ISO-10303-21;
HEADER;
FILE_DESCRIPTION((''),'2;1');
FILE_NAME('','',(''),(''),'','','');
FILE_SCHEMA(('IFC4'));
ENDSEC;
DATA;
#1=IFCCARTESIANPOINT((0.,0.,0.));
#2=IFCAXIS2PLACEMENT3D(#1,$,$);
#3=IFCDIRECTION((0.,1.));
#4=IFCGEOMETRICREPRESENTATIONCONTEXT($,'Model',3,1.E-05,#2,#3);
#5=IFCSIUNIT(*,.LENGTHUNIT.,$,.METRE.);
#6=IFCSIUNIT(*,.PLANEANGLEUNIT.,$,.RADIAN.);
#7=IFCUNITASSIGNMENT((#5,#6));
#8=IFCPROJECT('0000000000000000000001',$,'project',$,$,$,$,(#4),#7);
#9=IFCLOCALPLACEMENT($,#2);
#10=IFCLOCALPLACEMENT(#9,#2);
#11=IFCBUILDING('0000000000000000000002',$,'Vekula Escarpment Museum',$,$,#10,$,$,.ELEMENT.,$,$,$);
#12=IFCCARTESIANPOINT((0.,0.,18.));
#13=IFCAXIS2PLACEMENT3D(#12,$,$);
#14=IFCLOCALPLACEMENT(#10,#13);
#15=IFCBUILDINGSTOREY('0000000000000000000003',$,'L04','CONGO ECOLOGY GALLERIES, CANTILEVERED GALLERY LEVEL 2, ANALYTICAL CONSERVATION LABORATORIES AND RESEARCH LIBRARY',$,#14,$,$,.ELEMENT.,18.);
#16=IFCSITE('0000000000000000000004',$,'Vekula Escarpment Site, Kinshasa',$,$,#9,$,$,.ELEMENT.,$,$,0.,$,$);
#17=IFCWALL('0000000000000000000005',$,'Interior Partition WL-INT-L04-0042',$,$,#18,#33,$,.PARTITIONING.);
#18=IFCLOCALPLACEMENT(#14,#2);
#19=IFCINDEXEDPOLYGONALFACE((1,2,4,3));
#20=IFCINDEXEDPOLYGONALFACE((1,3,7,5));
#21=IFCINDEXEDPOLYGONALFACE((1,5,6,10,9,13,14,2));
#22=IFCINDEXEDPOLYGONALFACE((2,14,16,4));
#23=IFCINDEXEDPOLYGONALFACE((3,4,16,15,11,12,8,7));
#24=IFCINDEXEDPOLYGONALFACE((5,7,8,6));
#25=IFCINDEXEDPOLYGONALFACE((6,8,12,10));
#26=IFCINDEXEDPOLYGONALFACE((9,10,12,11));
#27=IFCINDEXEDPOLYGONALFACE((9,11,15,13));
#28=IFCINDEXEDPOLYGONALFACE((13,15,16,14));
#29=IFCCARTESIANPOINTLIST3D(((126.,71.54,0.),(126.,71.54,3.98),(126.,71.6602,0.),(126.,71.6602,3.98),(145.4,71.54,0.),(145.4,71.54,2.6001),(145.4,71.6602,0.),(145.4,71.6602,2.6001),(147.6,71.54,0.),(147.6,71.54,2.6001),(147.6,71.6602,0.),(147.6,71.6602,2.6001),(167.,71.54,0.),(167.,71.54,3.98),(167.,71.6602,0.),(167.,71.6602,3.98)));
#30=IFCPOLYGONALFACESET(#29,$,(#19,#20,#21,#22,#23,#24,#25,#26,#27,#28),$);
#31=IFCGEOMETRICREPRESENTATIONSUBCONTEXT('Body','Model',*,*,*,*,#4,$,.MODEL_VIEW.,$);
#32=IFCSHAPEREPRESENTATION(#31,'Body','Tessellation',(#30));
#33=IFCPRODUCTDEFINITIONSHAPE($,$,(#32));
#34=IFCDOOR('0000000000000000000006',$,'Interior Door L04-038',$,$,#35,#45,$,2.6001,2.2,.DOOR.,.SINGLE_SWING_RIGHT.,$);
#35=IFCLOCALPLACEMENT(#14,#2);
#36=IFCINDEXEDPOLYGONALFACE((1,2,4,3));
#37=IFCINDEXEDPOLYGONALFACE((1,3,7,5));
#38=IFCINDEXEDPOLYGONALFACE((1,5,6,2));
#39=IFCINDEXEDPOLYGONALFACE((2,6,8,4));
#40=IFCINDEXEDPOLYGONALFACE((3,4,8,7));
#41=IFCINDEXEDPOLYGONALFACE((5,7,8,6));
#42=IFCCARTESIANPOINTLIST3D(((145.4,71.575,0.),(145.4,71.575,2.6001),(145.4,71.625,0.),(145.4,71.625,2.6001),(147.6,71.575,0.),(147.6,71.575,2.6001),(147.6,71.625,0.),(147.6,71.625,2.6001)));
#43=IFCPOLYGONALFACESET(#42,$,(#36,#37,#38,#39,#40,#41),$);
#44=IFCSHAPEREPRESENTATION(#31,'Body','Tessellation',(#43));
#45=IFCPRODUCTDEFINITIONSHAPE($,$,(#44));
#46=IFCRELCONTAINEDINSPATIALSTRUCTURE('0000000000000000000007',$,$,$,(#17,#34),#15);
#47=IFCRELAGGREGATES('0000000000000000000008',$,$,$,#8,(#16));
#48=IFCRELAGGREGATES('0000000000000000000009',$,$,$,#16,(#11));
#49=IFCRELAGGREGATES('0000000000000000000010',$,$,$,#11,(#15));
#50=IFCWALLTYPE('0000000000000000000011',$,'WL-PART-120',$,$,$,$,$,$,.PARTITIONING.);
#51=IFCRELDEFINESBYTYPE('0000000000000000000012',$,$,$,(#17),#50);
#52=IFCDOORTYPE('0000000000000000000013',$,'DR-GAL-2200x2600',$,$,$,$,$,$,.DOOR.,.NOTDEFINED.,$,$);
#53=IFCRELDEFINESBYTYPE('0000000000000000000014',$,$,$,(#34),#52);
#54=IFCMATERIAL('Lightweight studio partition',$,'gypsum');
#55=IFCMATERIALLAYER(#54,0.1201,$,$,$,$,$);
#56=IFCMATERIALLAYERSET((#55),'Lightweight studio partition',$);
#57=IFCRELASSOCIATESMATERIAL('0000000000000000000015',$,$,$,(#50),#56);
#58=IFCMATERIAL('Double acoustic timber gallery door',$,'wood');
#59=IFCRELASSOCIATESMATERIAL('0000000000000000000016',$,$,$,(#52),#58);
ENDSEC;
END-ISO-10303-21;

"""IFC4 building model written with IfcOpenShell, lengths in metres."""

from ifc_helpers import new_model, si_unit, direction, frame, frame_2d, origin, place, context, subcontext, project, spatial, rectangle, extrude, material, layer, layer_set, type_object, element, fill, save


model = new_model("IFC4")

# Units and contexts
model_context = context("Model", 3, precision=1e-05, world=origin(), true_north=direction((0.0, 1.0)))
body_context = subcontext(model_context, "Body", "Model", "MODEL_VIEW")
ifc_project = project(units=[si_unit("LENGTHUNIT", "METRE"), si_unit("PLANEANGLEUNIT", "RADIAN")], contexts=[model_context])

# Site, building, storey
site_placement = place(None, origin())
site = spatial("IfcSite", under=ifc_project, at=site_placement, Name="Vekula Escarpment Site, Kinshasa", CompositionType="ELEMENT", RefElevation=0.0)
building_placement = place(site_placement, origin())
building = spatial("IfcBuilding", under=site, at=building_placement, Name="Vekula Escarpment Museum", CompositionType="ELEMENT")
storey_placement = place(building_placement, frame((0.0, 0.0, 18.0)))
storey = spatial("IfcBuildingStorey", under=building, at=storey_placement, Name="L04", Description="CONGO ECOLOGY GALLERIES, CANTILEVERED GALLERY LEVEL 2, ANALYTICAL CONSERVATION LABORATORIES AND RESEARCH LIBRARY", CompositionType="ELEMENT", Elevation=18.0)

# Wall, opening, door
ifc_material_1 = material(Name="Lightweight studio partition", Category="gypsum")
ifc_layer_1 = layer(ifc_material_1, 0.1201)
ifc_layer_set_1 = layer_set([ifc_layer_1], Name="Lightweight studio partition")
wall_type_1 = type_object("IfcWallType", Name="WL-PART-120", PredefinedType="PARTITIONING", material=ifc_layer_set_1)
wall_1_placement = place(storey_placement, frame((126.0, 71.6001, 0.0), z_axis=(0.0, 0.0, 1.0), x_axis=(1.0, 0.0, 0.0)))
wall_1 = element("IfcWall", 1, at=wall_1_placement, inside=storey, type_object=wall_type_1, Name="Interior Partition WL-INT-L04-0042", PredefinedType="PARTITIONING", context=body_context, shape_type="SweptSolid", body=[
    extrude(rectangle(XDim=41.0, YDim=0.1201, at=frame_2d((20.5, 0.0))), origin(), (0.0, 0.0, 1.0), 3.98),
])
opening_1_placement = place(wall_1_placement, frame((19.3999, 0.0, 0.0)))
opening_1 = element("IfcOpeningElement", 2, at=opening_1_placement, cuts=wall_1, PredefinedType="OPENING", context=body_context, shape_type="SweptSolid", body=[
    extrude(rectangle(XDim=2.2, YDim=2.6001, at=frame_2d((1.1001, 1.3))), frame((0.0, 0.0701, 0.0), z_axis=(0.0, -1.0, 0.0), x_axis=(1.0, 0.0, 0.0)), (0.0, 0.0, 1.0), 0.1401),
])
ifc_material_2 = material(Name="Double acoustic timber gallery door", Category="wood")
door_type_1 = type_object("IfcDoorType", Name="DR-GAL-2200x2600", OperationType="NOTDEFINED", PredefinedType="DOOR", material=ifc_material_2)
door_1_placement = place(opening_1_placement, origin())
door_1 = element("IfcDoor", 3, at=door_1_placement, inside=storey, type_object=door_type_1, Name="Interior Door L04-038", OperationType="SINGLE_SWING_RIGHT", OverallHeight=2.6001, OverallWidth=2.2, PredefinedType="DOOR", context=body_context, shape_type="SweptSolid", body=[
    extrude(rectangle(XDim=2.2, YDim=2.6001, at=frame_2d((1.1001, 1.3))), frame((0.0, 0.0249, 0.0), z_axis=(0.0, -1.0, 0.0), x_axis=(1.0, 0.0, 0.0)), (0.0, 0.0, 1.0), 0.05),
])
fill(opening_1, door_1)

save(model, "model.ifc")
